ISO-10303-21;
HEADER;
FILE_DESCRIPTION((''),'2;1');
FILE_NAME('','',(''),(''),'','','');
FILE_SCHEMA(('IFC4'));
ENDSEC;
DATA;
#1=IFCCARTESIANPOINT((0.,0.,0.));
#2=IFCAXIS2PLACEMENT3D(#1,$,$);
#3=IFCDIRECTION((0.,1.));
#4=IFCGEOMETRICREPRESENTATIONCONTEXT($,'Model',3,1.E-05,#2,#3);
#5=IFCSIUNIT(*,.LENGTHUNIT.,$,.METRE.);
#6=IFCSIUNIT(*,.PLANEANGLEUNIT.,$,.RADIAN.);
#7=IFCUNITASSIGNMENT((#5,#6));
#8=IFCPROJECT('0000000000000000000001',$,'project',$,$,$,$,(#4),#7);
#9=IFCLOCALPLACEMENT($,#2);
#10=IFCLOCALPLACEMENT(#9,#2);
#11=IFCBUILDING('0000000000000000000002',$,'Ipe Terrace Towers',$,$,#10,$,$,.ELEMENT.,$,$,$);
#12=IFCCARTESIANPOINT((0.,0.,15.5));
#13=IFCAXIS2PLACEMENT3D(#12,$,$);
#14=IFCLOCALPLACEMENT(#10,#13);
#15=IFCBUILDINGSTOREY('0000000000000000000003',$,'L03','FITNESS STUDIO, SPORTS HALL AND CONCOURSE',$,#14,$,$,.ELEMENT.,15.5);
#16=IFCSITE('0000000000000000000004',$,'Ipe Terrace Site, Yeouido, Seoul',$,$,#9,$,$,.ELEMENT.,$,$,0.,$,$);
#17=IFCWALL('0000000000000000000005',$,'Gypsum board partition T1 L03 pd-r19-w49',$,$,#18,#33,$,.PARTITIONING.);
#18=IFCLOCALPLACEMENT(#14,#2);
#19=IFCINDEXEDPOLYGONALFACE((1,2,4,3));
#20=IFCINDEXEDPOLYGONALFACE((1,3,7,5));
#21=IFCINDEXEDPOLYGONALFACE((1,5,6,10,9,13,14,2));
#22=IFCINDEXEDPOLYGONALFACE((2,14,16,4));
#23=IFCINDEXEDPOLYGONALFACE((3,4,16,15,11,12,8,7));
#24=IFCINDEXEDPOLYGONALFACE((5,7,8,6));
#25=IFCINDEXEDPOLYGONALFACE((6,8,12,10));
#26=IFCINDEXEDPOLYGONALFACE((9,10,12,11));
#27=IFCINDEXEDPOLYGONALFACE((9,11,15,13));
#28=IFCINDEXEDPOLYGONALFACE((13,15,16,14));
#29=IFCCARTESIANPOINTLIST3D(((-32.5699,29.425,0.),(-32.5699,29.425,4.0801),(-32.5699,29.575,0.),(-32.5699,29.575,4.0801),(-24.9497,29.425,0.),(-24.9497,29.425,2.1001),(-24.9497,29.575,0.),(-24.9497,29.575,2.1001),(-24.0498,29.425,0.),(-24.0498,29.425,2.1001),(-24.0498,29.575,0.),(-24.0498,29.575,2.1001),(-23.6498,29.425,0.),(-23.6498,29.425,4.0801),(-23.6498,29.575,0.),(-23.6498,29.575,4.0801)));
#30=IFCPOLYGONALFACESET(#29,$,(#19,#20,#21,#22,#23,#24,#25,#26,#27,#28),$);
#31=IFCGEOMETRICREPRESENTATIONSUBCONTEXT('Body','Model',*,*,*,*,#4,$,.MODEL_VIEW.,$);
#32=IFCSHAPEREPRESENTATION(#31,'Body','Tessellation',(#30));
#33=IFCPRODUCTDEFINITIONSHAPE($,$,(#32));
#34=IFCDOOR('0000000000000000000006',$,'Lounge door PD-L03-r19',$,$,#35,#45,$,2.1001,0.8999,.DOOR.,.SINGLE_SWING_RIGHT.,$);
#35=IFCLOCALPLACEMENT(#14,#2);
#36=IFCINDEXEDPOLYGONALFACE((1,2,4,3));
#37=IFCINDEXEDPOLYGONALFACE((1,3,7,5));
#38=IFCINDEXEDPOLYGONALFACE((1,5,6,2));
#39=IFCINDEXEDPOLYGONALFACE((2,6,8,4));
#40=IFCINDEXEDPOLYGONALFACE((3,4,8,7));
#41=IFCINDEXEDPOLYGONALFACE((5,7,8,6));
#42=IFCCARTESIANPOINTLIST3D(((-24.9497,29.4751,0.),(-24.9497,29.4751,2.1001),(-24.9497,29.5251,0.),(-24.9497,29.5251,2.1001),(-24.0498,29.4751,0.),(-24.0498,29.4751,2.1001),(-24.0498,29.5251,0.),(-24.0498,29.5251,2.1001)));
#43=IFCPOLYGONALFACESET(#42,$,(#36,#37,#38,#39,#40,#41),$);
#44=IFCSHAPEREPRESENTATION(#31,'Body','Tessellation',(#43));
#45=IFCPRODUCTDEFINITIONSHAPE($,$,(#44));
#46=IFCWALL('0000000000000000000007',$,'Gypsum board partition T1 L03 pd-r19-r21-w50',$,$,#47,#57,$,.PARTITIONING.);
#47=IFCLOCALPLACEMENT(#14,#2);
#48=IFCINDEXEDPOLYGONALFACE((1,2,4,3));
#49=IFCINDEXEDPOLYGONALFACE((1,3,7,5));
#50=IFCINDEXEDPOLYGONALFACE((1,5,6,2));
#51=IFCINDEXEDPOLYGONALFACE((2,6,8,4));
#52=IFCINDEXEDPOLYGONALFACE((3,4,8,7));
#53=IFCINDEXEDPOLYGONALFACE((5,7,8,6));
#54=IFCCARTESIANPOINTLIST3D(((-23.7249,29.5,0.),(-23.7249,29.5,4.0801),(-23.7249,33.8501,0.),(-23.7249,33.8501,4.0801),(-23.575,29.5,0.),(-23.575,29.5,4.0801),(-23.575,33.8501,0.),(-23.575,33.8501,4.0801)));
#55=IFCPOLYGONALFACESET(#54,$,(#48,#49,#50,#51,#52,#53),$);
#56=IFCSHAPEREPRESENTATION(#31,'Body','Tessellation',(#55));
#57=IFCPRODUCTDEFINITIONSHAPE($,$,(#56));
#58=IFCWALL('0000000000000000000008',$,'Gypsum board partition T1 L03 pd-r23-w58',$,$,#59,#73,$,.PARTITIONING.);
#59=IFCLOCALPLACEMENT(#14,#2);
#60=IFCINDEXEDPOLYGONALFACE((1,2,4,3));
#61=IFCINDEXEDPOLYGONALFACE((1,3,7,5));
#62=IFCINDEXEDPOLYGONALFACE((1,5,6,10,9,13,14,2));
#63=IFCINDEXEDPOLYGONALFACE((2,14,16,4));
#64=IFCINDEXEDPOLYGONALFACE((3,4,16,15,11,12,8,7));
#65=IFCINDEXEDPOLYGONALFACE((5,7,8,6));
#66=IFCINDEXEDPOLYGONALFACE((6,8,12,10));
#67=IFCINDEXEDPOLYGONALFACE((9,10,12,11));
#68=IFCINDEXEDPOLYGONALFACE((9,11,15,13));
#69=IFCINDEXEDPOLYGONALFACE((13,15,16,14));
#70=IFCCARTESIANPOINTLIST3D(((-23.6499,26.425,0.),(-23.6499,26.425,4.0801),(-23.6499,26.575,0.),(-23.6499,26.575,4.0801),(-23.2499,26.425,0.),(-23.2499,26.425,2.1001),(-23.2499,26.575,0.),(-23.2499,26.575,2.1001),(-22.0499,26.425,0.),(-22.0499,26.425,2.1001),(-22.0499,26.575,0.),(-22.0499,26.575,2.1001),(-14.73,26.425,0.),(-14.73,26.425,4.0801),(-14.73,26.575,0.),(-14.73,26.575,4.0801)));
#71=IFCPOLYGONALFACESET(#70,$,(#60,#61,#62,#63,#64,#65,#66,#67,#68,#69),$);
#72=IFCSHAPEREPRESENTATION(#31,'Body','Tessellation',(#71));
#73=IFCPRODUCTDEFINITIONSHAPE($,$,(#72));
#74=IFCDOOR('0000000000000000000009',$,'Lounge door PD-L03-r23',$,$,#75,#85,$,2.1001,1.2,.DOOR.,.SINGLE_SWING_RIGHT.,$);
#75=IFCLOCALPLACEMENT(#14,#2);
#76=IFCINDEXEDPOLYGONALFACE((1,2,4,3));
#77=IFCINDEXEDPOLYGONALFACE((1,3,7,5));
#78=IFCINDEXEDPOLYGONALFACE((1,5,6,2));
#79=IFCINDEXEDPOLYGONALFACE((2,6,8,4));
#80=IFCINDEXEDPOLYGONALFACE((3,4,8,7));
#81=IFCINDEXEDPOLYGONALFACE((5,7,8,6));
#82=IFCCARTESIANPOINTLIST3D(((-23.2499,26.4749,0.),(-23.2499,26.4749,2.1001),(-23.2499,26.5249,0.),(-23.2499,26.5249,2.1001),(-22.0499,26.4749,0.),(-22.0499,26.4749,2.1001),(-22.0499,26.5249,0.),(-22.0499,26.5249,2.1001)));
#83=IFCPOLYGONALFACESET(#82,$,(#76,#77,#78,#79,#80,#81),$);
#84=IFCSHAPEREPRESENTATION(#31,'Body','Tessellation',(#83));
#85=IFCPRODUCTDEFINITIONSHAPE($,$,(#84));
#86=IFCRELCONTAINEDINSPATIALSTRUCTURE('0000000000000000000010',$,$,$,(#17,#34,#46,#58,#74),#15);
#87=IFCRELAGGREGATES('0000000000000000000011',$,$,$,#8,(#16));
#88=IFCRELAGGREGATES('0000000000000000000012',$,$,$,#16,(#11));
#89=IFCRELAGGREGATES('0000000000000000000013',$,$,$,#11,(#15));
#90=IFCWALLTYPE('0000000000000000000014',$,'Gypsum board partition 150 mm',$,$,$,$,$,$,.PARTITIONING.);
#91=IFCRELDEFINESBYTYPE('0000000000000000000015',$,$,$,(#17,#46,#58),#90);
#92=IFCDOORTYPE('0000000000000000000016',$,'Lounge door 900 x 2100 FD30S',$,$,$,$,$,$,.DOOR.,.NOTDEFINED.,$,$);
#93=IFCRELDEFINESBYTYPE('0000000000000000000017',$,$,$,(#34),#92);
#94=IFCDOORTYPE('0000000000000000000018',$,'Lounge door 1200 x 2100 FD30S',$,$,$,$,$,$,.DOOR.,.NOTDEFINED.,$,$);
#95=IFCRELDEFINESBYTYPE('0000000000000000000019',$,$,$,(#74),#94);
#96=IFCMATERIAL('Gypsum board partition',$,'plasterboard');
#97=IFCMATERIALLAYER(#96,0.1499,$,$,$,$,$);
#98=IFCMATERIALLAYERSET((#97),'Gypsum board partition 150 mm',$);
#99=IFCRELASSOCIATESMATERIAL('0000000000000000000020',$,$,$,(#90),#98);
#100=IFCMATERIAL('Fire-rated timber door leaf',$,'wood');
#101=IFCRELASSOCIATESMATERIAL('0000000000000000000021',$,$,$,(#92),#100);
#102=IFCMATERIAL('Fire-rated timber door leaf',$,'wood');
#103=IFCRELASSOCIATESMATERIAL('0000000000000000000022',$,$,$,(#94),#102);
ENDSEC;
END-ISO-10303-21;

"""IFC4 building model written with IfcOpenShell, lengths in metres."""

from ifc_helpers import new_model, si_unit, direction, frame, frame_2d, origin, place, context, subcontext, project, spatial, rectangle, extrude, material, layer, layer_set, type_object, element, fill, save


model = new_model("IFC4")

# Units and contexts
model_context = context("Model", 3, precision=1e-05, world=origin(), true_north=direction((0.0, 1.0)))
body_context = subcontext(model_context, "Body", "Model", "MODEL_VIEW")
ifc_project = project(units=[si_unit("LENGTHUNIT", "METRE"), si_unit("PLANEANGLEUNIT", "RADIAN")], contexts=[model_context])

# Site, building, storey
site_placement = place(None, origin())
site = spatial("IfcSite", under=ifc_project, at=site_placement, Name="Ipe Terrace Site, Yeouido, Seoul", CompositionType="ELEMENT", RefElevation=0.0)
building_placement = place(site_placement, origin())
building = spatial("IfcBuilding", under=site, at=building_placement, Name="Ipe Terrace Towers", CompositionType="ELEMENT")
storey_placement = place(building_placement, frame((0.0, 0.0, 15.5)))
storey = spatial("IfcBuildingStorey", under=building, at=storey_placement, Name="L03", Description="FITNESS STUDIO, SPORTS HALL AND CONCOURSE", CompositionType="ELEMENT", Elevation=15.5)

# Shared definitions
ifc_material_1 = material(Name="Gypsum board partition", Category="plasterboard")
ifc_layer_1 = layer(ifc_material_1, 0.1499)
ifc_layer_set_1 = layer_set([ifc_layer_1], Name="Gypsum board partition 150 mm")
wall_type = type_object("IfcWallType", Name="Gypsum board partition 150 mm", PredefinedType="PARTITIONING", material=ifc_layer_set_1)

# Shared definitions
ifc_material_2 = material(Name="Fire-rated timber door leaf", Category="wood")
door_type_1 = type_object("IfcDoorType", Name="Lounge door 900 x 2100 FD30S", OperationType="NOTDEFINED", PredefinedType="DOOR", material=ifc_material_2)

# Shared definitions
ifc_material_3 = material(Name="Fire-rated timber door leaf", Category="wood")
door_type_2 = type_object("IfcDoorType", Name="Lounge door 1200 x 2100 FD30S", OperationType="NOTDEFINED", PredefinedType="DOOR", material=ifc_material_3)

# Wall, opening, door
wall_1_placement = place(storey_placement, frame((-23.6499, 29.5, 0.0), z_axis=(0.0, 0.0, 1.0), x_axis=(-1.0, 0.0, 0.0)))
wall_1 = element("IfcWall", 1, at=wall_1_placement, inside=storey, type_object=wall_type, Name="Gypsum board partition T1 L03 pd-r19-w49", PredefinedType="PARTITIONING", context=body_context, shape_type="SweptSolid", body=[
    extrude(rectangle(XDim=8.9202, YDim=0.1499, at=frame_2d((4.46, 0.0))), origin(), (0.0, 0.0, 1.0), 4.0801),
])
opening_1_placement = place(wall_1_placement, frame((0.3999, 0.0, 0.0)))
opening_1 = element("IfcOpeningElement", 2, at=opening_1_placement, cuts=wall_1, PredefinedType="OPENING", context=body_context, shape_type="SweptSolid", body=[
    extrude(rectangle(XDim=0.8999, YDim=2.1001, at=frame_2d((0.45, 1.05))), frame((0.0, 0.085, 0.0), z_axis=(0.0, -1.0, 0.0), x_axis=(1.0, 0.0, 0.0)), (0.0, 0.0, 1.0), 0.1699),
])
door_1_placement = place(opening_1_placement, origin())
door_1 = element("IfcDoor", 3, at=door_1_placement, inside=storey, type_object=door_type_1, Name="Lounge door PD-L03-r19", OperationType="SINGLE_SWING_RIGHT", OverallHeight=2.1001, OverallWidth=0.8999, PredefinedType="DOOR", context=body_context, shape_type="SweptSolid", body=[
    extrude(rectangle(XDim=0.8999, YDim=2.1001, at=frame_2d((0.45, 1.05))), frame((0.0, 0.0249, 0.0), z_axis=(0.0, -1.0, 0.0), x_axis=(1.0, 0.0, 0.0)), (0.0, 0.0, 1.0), 0.05),
])
fill(opening_1, door_1)

# Wall
wall_2_placement = place(storey_placement, frame((-23.6499, 33.8501, 0.0), z_axis=(0.0, 0.0, 1.0), x_axis=(0.0, -1.0, 0.0)))
element("IfcWall", 4, at=wall_2_placement, inside=storey, type_object=wall_type, Name="Gypsum board partition T1 L03 pd-r19-r21-w50", PredefinedType="PARTITIONING", context=body_context, shape_type="SweptSolid", body=[
    extrude(rectangle(XDim=4.3501, YDim=0.1499, at=frame_2d((2.175, 0.0))), origin(), (0.0, 0.0, 1.0), 4.0801),
])

# Wall, opening, door
wall_3_placement = place(storey_placement, frame((-23.6499, 26.5, 0.0), z_axis=(0.0, 0.0, 1.0), x_axis=(1.0, 0.0, 0.0)))
wall_3 = element("IfcWall", 5, at=wall_3_placement, inside=storey, type_object=wall_type, Name="Gypsum board partition T1 L03 pd-r23-w58", PredefinedType="PARTITIONING", context=body_context, shape_type="SweptSolid", body=[
    extrude(rectangle(XDim=8.9199, YDim=0.1499, at=frame_2d((4.46, 0.0))), origin(), (0.0, 0.0, 1.0), 4.0801),
])
opening_2_placement = place(wall_3_placement, frame((0.3999, 0.0, 0.0)))
opening_2 = element("IfcOpeningElement", 6, at=opening_2_placement, cuts=wall_3, PredefinedType="OPENING", context=body_context, shape_type="SweptSolid", body=[
    extrude(rectangle(XDim=1.2, YDim=2.1001, at=frame_2d((0.6001, 1.05))), frame((0.0, 0.085, 0.0), z_axis=(0.0, -1.0, 0.0), x_axis=(1.0, 0.0, 0.0)), (0.0, 0.0, 1.0), 0.1699),
])
door_2_placement = place(opening_2_placement, origin())
door_2 = element("IfcDoor", 7, at=door_2_placement, inside=storey, type_object=door_type_2, Name="Lounge door PD-L03-r23", OperationType="SINGLE_SWING_RIGHT", OverallHeight=2.1001, OverallWidth=1.2, PredefinedType="DOOR", context=body_context, shape_type="SweptSolid", body=[
    extrude(rectangle(XDim=1.2, YDim=2.1001, at=frame_2d((0.6001, 1.05))), frame((0.0, 0.0249, 0.0), z_axis=(0.0, -1.0, 0.0), x_axis=(1.0, 0.0, 0.0)), (0.0, 0.0, 1.0), 0.05),
])
fill(opening_2, door_2)

save(model, "model.ifc")
